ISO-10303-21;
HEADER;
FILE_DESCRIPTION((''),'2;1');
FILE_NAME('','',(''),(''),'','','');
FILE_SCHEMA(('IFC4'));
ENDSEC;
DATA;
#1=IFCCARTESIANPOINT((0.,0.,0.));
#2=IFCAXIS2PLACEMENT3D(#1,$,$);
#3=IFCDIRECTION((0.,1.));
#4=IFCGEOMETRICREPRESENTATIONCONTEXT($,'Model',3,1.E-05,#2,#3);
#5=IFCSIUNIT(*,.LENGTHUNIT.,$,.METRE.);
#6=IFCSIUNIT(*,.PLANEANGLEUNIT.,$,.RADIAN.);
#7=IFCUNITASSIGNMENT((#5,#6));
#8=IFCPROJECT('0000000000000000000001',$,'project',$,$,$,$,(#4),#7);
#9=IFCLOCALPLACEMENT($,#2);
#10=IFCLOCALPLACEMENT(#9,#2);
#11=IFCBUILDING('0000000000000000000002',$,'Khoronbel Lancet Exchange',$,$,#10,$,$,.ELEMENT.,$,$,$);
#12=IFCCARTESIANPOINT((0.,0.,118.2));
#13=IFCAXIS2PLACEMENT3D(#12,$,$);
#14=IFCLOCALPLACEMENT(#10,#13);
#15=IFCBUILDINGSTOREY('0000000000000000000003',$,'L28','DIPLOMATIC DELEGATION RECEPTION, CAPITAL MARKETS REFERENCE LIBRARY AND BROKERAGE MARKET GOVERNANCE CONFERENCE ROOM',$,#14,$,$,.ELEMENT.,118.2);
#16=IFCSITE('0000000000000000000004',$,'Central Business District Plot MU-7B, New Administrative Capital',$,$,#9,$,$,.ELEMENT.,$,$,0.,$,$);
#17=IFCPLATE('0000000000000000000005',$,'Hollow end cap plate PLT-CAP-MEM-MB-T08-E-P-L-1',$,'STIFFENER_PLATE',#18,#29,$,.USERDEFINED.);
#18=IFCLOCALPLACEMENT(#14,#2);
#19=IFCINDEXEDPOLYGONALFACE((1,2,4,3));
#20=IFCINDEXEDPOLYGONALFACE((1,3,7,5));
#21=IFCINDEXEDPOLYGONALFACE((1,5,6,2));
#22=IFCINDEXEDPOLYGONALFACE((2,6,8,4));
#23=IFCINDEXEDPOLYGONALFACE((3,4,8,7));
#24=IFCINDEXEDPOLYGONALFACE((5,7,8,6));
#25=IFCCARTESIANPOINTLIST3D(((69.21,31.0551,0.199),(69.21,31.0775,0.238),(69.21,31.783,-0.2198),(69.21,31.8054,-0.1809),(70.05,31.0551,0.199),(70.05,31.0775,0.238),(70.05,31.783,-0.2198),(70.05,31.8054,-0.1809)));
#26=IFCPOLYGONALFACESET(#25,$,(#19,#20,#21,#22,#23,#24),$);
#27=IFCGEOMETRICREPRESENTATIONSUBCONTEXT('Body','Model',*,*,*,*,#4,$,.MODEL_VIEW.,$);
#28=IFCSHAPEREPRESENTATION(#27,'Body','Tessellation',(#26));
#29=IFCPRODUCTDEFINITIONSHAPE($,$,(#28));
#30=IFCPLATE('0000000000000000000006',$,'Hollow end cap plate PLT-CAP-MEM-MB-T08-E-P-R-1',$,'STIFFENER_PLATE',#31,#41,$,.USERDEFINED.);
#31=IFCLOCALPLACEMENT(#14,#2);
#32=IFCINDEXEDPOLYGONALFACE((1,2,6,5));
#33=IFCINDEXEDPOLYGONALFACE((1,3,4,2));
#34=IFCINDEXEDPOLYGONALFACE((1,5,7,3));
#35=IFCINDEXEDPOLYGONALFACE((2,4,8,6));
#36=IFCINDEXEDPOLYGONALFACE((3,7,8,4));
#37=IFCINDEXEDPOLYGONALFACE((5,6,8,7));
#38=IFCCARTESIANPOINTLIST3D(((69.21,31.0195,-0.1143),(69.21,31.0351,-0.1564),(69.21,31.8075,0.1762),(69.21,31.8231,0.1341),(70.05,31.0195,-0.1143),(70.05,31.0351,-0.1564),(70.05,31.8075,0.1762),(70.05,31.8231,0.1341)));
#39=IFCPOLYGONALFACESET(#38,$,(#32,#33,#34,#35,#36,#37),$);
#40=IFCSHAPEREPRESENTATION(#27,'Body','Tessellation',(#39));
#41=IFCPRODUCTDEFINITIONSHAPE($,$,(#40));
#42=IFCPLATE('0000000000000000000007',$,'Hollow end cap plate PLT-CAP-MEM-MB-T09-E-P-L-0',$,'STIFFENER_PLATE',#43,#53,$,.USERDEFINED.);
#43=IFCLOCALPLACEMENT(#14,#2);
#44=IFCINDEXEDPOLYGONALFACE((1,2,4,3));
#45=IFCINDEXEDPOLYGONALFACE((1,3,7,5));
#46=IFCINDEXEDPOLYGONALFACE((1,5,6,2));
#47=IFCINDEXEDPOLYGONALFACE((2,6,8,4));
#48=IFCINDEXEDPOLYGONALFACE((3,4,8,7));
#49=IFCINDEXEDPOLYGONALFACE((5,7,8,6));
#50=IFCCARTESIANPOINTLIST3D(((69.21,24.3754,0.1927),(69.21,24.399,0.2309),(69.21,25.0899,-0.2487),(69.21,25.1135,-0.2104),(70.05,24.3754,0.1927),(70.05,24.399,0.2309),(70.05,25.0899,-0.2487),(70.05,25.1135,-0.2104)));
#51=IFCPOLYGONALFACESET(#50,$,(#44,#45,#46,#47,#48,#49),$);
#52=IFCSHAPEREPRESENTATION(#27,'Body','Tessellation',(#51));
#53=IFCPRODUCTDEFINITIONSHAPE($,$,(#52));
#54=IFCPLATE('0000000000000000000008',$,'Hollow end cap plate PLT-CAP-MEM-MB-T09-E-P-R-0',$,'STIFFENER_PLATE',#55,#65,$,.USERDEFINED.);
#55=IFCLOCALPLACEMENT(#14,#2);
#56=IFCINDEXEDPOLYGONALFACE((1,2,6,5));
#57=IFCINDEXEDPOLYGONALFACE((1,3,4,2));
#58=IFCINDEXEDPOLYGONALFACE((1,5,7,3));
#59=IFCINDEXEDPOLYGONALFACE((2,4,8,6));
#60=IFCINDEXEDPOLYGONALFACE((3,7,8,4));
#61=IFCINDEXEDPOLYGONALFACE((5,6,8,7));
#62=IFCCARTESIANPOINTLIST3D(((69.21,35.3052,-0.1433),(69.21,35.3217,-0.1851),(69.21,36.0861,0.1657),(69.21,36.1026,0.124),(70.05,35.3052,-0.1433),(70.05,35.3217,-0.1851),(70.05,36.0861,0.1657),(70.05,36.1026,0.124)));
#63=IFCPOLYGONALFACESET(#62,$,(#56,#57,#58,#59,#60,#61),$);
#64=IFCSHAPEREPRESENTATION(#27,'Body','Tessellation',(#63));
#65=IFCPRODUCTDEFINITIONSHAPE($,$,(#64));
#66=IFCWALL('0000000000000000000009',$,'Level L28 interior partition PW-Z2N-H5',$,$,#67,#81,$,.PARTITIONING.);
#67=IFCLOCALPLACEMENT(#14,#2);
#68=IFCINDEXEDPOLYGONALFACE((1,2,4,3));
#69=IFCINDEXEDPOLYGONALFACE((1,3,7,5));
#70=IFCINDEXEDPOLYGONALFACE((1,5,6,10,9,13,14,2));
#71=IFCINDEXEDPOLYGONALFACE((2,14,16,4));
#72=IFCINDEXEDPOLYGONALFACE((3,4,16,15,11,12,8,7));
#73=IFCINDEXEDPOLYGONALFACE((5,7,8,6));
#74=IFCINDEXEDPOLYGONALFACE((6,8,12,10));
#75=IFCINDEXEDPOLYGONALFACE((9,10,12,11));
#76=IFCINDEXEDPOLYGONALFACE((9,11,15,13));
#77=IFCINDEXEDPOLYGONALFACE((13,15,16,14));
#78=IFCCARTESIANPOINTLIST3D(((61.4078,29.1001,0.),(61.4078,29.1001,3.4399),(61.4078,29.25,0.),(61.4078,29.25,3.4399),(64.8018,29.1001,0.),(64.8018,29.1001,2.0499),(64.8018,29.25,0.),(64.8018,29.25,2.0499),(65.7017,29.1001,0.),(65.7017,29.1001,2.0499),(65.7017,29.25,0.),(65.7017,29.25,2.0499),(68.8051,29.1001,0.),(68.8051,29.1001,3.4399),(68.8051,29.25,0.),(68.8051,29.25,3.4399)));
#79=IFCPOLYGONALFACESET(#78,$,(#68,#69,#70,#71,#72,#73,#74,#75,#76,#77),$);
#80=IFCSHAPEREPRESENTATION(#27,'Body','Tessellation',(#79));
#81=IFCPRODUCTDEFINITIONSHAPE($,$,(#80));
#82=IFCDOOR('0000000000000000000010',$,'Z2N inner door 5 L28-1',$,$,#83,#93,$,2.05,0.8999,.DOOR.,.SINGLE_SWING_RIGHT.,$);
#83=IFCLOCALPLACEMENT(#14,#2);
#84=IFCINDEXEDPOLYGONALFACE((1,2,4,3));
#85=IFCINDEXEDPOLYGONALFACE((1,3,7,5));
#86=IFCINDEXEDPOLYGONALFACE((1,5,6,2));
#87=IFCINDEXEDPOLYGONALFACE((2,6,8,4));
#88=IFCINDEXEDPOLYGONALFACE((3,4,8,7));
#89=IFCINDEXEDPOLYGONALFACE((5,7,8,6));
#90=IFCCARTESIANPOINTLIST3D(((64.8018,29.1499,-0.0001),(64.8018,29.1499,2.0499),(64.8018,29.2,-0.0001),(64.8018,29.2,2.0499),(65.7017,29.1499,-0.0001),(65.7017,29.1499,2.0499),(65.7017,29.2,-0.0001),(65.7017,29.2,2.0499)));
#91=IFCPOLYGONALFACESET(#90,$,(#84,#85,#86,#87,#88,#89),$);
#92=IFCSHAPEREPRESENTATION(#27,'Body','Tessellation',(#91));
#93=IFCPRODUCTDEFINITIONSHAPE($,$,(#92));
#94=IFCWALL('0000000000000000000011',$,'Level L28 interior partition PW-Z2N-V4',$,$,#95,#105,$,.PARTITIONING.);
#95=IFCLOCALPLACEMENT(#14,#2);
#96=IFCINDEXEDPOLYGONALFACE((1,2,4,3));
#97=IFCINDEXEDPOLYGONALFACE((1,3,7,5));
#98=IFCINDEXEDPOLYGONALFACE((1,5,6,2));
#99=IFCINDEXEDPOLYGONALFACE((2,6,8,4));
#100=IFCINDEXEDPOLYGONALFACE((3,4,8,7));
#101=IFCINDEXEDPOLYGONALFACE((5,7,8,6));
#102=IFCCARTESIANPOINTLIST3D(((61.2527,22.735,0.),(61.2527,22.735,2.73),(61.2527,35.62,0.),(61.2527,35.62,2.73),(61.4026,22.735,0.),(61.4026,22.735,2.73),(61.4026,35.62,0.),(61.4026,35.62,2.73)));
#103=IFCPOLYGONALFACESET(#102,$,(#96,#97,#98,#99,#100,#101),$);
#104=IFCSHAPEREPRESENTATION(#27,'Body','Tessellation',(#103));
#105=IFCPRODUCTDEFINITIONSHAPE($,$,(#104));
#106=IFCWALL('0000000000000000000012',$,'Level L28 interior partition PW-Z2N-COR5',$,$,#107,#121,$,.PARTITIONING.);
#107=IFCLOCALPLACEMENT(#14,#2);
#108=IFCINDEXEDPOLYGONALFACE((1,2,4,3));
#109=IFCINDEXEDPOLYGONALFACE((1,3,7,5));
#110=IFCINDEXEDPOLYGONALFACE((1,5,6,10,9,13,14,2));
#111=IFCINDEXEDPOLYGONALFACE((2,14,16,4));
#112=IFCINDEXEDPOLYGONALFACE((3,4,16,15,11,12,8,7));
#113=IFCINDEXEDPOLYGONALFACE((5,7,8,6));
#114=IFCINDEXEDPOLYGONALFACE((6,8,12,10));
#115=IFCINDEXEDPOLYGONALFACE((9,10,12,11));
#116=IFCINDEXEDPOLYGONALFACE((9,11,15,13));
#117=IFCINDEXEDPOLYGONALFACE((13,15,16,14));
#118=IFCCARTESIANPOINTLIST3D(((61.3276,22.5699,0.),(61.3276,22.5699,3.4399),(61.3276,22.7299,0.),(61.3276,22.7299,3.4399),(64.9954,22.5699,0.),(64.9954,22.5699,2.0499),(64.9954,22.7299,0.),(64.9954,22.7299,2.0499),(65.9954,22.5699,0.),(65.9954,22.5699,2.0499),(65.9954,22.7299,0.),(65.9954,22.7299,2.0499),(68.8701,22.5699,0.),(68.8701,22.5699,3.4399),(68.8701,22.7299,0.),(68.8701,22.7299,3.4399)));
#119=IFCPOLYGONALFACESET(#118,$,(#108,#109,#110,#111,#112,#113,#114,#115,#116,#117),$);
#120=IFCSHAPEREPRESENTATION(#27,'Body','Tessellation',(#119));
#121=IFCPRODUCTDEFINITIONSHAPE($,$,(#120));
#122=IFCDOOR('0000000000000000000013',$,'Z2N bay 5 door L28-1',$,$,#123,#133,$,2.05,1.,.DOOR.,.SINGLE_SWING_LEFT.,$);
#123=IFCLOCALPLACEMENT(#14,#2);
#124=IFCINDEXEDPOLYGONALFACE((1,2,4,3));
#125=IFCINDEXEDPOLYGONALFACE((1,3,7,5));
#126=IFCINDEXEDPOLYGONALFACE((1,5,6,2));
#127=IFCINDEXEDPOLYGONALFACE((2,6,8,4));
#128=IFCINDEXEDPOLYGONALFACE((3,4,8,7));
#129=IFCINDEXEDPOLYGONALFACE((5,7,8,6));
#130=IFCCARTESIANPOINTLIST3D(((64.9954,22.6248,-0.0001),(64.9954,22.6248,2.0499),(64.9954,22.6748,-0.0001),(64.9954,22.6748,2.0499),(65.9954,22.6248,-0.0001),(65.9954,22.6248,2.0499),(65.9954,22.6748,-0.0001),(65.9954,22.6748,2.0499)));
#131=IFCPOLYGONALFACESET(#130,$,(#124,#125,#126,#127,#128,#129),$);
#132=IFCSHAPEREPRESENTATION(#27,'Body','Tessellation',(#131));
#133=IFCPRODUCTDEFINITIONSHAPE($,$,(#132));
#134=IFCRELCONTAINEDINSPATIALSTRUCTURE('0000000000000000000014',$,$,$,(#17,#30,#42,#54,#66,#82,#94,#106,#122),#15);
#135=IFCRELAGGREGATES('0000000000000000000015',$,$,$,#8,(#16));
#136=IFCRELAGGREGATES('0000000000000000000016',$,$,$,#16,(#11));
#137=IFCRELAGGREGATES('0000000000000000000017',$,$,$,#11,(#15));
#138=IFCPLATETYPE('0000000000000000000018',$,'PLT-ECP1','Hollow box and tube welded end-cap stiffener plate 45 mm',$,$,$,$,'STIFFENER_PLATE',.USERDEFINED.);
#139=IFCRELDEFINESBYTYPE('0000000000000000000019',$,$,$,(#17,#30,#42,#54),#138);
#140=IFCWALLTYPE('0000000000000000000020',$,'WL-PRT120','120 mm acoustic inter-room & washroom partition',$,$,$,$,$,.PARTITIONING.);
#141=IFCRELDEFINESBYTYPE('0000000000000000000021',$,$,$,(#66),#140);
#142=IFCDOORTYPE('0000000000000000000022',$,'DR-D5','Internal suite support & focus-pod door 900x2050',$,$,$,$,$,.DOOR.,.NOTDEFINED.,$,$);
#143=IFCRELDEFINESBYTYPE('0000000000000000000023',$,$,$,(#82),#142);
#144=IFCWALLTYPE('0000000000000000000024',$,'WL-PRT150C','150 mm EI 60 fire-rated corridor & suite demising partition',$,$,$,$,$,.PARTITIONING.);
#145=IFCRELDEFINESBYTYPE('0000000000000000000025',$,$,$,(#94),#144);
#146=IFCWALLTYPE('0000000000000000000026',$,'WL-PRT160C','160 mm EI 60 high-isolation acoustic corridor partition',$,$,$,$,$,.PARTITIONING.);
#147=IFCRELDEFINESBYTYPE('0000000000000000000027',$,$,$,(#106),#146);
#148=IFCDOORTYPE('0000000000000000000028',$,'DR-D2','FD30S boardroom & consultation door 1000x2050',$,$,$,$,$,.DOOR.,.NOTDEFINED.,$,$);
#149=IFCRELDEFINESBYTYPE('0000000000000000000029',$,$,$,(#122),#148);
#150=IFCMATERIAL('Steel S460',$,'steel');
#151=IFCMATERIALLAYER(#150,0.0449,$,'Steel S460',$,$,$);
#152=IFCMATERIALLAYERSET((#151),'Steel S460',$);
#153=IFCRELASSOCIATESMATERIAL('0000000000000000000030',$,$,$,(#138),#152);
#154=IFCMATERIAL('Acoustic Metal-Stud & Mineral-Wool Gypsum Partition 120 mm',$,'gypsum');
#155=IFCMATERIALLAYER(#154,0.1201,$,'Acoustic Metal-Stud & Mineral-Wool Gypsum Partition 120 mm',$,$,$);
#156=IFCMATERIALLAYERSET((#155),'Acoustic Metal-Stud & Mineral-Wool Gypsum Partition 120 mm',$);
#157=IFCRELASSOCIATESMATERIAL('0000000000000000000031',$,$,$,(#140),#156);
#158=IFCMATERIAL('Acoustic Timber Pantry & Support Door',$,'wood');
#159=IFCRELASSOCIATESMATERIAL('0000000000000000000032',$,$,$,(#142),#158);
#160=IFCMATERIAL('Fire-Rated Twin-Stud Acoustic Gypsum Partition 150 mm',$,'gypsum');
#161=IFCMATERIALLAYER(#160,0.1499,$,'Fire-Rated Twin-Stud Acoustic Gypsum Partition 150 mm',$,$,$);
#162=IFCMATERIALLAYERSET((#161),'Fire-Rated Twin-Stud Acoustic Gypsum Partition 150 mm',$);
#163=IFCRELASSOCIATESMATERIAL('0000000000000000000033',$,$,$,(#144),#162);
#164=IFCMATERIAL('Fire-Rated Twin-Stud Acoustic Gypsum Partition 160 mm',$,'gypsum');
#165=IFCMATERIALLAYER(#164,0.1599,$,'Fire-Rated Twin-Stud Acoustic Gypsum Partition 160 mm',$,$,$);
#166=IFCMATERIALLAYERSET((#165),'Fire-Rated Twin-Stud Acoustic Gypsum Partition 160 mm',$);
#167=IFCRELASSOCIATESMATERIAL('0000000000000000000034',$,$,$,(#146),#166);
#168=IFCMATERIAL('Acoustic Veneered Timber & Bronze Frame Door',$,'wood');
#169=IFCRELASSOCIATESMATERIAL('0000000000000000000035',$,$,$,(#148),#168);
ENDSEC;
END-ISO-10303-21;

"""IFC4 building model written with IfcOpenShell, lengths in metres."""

from ifc_helpers import new_model, si_unit, direction, frame, frame_2d, origin, place, context, subcontext, project, spatial, polyline, rectangle, outline, extrude, material, layer, layer_set, type_object, element, fill, save


model = new_model("IFC4")

# Units and contexts
model_context = context("Model", 3, precision=1e-05, world=origin(), true_north=direction((0.0, 1.0)))
body_context = subcontext(model_context, "Body", "Model", "MODEL_VIEW")
ifc_project = project(units=[si_unit("LENGTHUNIT", "METRE"), si_unit("PLANEANGLEUNIT", "RADIAN")], contexts=[model_context])

# Site, building, storey
site_placement = place(None, origin())
site = spatial("IfcSite", under=ifc_project, at=site_placement, Name="Central Business District Plot MU-7B, New Administrative Capital", CompositionType="ELEMENT", RefElevation=0.0)
building_placement = place(site_placement, origin())
building = spatial("IfcBuilding", under=site, at=building_placement, Name="Khoronbel Lancet Exchange", CompositionType="ELEMENT")
storey_placement = place(building_placement, frame((0.0, 0.0, 118.2)))
storey = spatial("IfcBuildingStorey", under=building, at=storey_placement, Name="L28", Description="DIPLOMATIC DELEGATION RECEPTION, CAPITAL MARKETS REFERENCE LIBRARY AND BROKERAGE MARKET GOVERNANCE CONFERENCE ROOM", CompositionType="ELEMENT", Elevation=118.2)

# Shared definitions
ifc_material_1 = material(Name="Steel S460", Category="steel")

# Plates
ifc_layer_1 = layer(ifc_material_1, 0.0449, Name="Steel S460")
ifc_layer_set_1 = layer_set([ifc_layer_1], Name="Steel S460")
plate_type_1 = type_object("IfcPlateType", Name="PLT-ECP1", Description="Hollow box and tube welded end-cap stiffener plate 45 mm", ElementType="STIFFENER_PLATE", PredefinedType="USERDEFINED", material=ifc_layer_set_1)
for number, where, z_axis, x_axis, name in (
    (1, (70.05, 31.8054, -0.1809), (0.0, 0.498766, 0.866737), (-1.0, 0.0, 0.0), "Hollow end cap plate PLT-CAP-MEM-MB-T08-E-P-L-1"),
    (2, (69.21, 31.0195, -0.1143), (0.0, -0.345894, 0.938274), (1.0, 0.0, 0.0), "Hollow end cap plate PLT-CAP-MEM-MB-T08-E-P-R-1"),
    (3, (70.05, 25.1135, -0.2104), (0.0, 0.525524, 0.850779), (-1.0, 0.0, 0.0), "Hollow end cap plate PLT-CAP-MEM-MB-T09-E-P-L-0"),
    (4, (69.21, 35.3052, -0.1433), (0.0, -0.36798, 0.929834), (1.0, 0.0, 0.0), "Hollow end cap plate PLT-CAP-MEM-MB-T09-E-P-R-0"),
):
    element("IfcPlate", number, at=place(storey_placement, frame(where, z_axis=z_axis, x_axis=x_axis)), inside=storey, type_object=plate_type_1, Name=name, ObjectType="STIFFENER_PLATE", PredefinedType="USERDEFINED", context=body_context, shape_type="SweptSolid", body=[
        extrude(outline(polyline([(0.0, 0.0), (0.8401, 0.0), (0.8401, 0.8398), (0.0, 0.8398), (0.0, 0.0)])), origin(), (0.0, 0.0, -1.0), 0.0449),
    ])

# Wall, opening, door
ifc_material_2 = material(Name="Acoustic Metal-Stud & Mineral-Wool Gypsum Partition 120 mm", Category="gypsum")
ifc_layer_2 = layer(ifc_material_2, 0.1201, Name="Acoustic Metal-Stud & Mineral-Wool Gypsum Partition 120 mm")
ifc_layer_set_2 = layer_set([ifc_layer_2], Name="Acoustic Metal-Stud & Mineral-Wool Gypsum Partition 120 mm")
wall_type_1 = type_object("IfcWallType", Name="WL-PRT120", Description="120 mm acoustic inter-room & washroom partition", PredefinedType="PARTITIONING", material=ifc_layer_set_2)
wall_1_placement = place(storey_placement, frame((61.4077, 29.175, 0.0), z_axis=(0.0, 0.0, 1.0), x_axis=(1.0, 0.0, 0.0)))
wall_1 = element("IfcWall", 5, at=wall_1_placement, inside=storey, type_object=wall_type_1, Name="Level L28 interior partition PW-Z2N-H5", PredefinedType="PARTITIONING", context=body_context, shape_type="SweptSolid", body=[
    extrude(rectangle(XDim=7.3972, YDim=0.1499, at=frame_2d((3.6987, 0.0))), origin(), (0.0, 0.0, 1.0), 3.4399),
])
opening_1_placement = place(wall_1_placement, frame((3.394, 0.0, 0.0)))
opening_1 = element("IfcOpeningElement", 6, at=opening_1_placement, cuts=wall_1, PredefinedType="OPENING", context=body_context, shape_type="SweptSolid", body=[
    extrude(rectangle(XDim=0.8999, YDim=2.05, at=frame_2d((0.45, 1.0249))), frame((0.0, 0.085, 0.0), z_axis=(0.0, -1.0, 0.0), x_axis=(1.0, 0.0, 0.0)), (0.0, 0.0, 1.0), 0.1699),
])
ifc_material_3 = material(Name="Acoustic Timber Pantry & Support Door", Category="wood")
door_type_1 = type_object("IfcDoorType", Name="DR-D5", Description="Internal suite support & focus-pod door 900x2050", OperationType="NOTDEFINED", PredefinedType="DOOR", material=ifc_material_3)
door_1_placement = place(opening_1_placement, origin())
door_1 = element("IfcDoor", 7, at=door_1_placement, inside=storey, type_object=door_type_1, Name="Z2N inner door 5 L28-1", OperationType="SINGLE_SWING_RIGHT", OverallHeight=2.05, OverallWidth=0.8999, PredefinedType="DOOR", context=body_context, shape_type="SweptSolid", body=[
    extrude(rectangle(XDim=0.8999, YDim=2.05, at=frame_2d((0.45, 1.0249))), frame((0.0, 0.0249, 0.0), z_axis=(0.0, -1.0, 0.0), x_axis=(1.0, 0.0, 0.0)), (0.0, 0.0, 1.0), 0.05),
])
fill(opening_1, door_1)

# Wall
ifc_material_4 = material(Name="Fire-Rated Twin-Stud Acoustic Gypsum Partition 150 mm", Category="gypsum")
ifc_layer_3 = layer(ifc_material_4, 0.1499, Name="Fire-Rated Twin-Stud Acoustic Gypsum Partition 150 mm")
ifc_layer_set_3 = layer_set([ifc_layer_3], Name="Fire-Rated Twin-Stud Acoustic Gypsum Partition 150 mm")
wall_type_2 = type_object("IfcWallType", Name="WL-PRT150C", Description="150 mm EI 60 fire-rated corridor & suite demising partition", PredefinedType="PARTITIONING", material=ifc_layer_set_3)
wall_2_placement = place(storey_placement, frame((61.3276, 22.7351, 0.0), z_axis=(0.0, 0.0, 1.0), x_axis=(0.0, 1.0, 0.0)))
element("IfcWall", 8, at=wall_2_placement, inside=storey, type_object=wall_type_2, Name="Level L28 interior partition PW-Z2N-V4", PredefinedType="PARTITIONING", context=body_context, shape_type="SweptSolid", body=[
    extrude(rectangle(XDim=12.885, YDim=0.1499, at=frame_2d((6.4424, 0.0))), origin(), (0.0, 0.0, 1.0), 2.73),
])

# Wall, opening, door
ifc_material_5 = material(Name="Fire-Rated Twin-Stud Acoustic Gypsum Partition 160 mm", Category="gypsum")
ifc_layer_4 = layer(ifc_material_5, 0.1599, Name="Fire-Rated Twin-Stud Acoustic Gypsum Partition 160 mm")
ifc_layer_set_4 = layer_set([ifc_layer_4], Name="Fire-Rated Twin-Stud Acoustic Gypsum Partition 160 mm")
wall_type_3 = type_object("IfcWallType", Name="WL-PRT160C", Description="160 mm EI 60 high-isolation acoustic corridor partition", PredefinedType="PARTITIONING", material=ifc_layer_set_4)
wall_3_placement = place(storey_placement, frame((61.3276, 22.6499, 0.0), z_axis=(0.0, 0.0, 1.0), x_axis=(1.0, 0.0, 0.0)))
wall_3 = element("IfcWall", 9, at=wall_3_placement, inside=storey, type_object=wall_type_3, Name="Level L28 interior partition PW-Z2N-COR5", PredefinedType="PARTITIONING", context=body_context, shape_type="SweptSolid", body=[
    extrude(rectangle(XDim=7.5425, YDim=0.1599, at=frame_2d((3.7712, 0.0))), origin(), (0.0, 0.0, 1.0), 3.4399),
])
opening_2_placement = place(wall_3_placement, frame((3.6677, 0.0, 0.0)))
opening_2 = element("IfcOpeningElement", 10, at=opening_2_placement, cuts=wall_3, PredefinedType="OPENING", context=body_context, shape_type="SweptSolid", body=[
    extrude(rectangle(XDim=1.0, YDim=2.05, at=frame_2d((0.5, 1.0249))), frame((0.0, 0.0898, 0.0), z_axis=(0.0, -1.0, 0.0), x_axis=(1.0, 0.0, 0.0)), (0.0, 0.0, 1.0), 0.1799),
])
ifc_material_6 = material(Name="Acoustic Veneered Timber & Bronze Frame Door", Category="wood")
door_type_2 = type_object("IfcDoorType", Name="DR-D2", Description="FD30S boardroom & consultation door 1000x2050", OperationType="NOTDEFINED", PredefinedType="DOOR", material=ifc_material_6)
door_2_placement = place(opening_2_placement, origin())
door_2 = element("IfcDoor", 11, at=door_2_placement, inside=storey, type_object=door_type_2, Name="Z2N bay 5 door L28-1", OperationType="SINGLE_SWING_LEFT", OverallHeight=2.05, OverallWidth=1.0, PredefinedType="DOOR", context=body_context, shape_type="SweptSolid", body=[
    extrude(rectangle(XDim=1.0, YDim=2.05, at=frame_2d((0.5, 1.0249))), frame((0.0, 0.0249, 0.0), z_axis=(0.0, -1.0, 0.0), x_axis=(1.0, 0.0, 0.0)), (0.0, 0.0, 1.0), 0.05),
])
fill(opening_2, door_2)

save(model, "model.ifc")
